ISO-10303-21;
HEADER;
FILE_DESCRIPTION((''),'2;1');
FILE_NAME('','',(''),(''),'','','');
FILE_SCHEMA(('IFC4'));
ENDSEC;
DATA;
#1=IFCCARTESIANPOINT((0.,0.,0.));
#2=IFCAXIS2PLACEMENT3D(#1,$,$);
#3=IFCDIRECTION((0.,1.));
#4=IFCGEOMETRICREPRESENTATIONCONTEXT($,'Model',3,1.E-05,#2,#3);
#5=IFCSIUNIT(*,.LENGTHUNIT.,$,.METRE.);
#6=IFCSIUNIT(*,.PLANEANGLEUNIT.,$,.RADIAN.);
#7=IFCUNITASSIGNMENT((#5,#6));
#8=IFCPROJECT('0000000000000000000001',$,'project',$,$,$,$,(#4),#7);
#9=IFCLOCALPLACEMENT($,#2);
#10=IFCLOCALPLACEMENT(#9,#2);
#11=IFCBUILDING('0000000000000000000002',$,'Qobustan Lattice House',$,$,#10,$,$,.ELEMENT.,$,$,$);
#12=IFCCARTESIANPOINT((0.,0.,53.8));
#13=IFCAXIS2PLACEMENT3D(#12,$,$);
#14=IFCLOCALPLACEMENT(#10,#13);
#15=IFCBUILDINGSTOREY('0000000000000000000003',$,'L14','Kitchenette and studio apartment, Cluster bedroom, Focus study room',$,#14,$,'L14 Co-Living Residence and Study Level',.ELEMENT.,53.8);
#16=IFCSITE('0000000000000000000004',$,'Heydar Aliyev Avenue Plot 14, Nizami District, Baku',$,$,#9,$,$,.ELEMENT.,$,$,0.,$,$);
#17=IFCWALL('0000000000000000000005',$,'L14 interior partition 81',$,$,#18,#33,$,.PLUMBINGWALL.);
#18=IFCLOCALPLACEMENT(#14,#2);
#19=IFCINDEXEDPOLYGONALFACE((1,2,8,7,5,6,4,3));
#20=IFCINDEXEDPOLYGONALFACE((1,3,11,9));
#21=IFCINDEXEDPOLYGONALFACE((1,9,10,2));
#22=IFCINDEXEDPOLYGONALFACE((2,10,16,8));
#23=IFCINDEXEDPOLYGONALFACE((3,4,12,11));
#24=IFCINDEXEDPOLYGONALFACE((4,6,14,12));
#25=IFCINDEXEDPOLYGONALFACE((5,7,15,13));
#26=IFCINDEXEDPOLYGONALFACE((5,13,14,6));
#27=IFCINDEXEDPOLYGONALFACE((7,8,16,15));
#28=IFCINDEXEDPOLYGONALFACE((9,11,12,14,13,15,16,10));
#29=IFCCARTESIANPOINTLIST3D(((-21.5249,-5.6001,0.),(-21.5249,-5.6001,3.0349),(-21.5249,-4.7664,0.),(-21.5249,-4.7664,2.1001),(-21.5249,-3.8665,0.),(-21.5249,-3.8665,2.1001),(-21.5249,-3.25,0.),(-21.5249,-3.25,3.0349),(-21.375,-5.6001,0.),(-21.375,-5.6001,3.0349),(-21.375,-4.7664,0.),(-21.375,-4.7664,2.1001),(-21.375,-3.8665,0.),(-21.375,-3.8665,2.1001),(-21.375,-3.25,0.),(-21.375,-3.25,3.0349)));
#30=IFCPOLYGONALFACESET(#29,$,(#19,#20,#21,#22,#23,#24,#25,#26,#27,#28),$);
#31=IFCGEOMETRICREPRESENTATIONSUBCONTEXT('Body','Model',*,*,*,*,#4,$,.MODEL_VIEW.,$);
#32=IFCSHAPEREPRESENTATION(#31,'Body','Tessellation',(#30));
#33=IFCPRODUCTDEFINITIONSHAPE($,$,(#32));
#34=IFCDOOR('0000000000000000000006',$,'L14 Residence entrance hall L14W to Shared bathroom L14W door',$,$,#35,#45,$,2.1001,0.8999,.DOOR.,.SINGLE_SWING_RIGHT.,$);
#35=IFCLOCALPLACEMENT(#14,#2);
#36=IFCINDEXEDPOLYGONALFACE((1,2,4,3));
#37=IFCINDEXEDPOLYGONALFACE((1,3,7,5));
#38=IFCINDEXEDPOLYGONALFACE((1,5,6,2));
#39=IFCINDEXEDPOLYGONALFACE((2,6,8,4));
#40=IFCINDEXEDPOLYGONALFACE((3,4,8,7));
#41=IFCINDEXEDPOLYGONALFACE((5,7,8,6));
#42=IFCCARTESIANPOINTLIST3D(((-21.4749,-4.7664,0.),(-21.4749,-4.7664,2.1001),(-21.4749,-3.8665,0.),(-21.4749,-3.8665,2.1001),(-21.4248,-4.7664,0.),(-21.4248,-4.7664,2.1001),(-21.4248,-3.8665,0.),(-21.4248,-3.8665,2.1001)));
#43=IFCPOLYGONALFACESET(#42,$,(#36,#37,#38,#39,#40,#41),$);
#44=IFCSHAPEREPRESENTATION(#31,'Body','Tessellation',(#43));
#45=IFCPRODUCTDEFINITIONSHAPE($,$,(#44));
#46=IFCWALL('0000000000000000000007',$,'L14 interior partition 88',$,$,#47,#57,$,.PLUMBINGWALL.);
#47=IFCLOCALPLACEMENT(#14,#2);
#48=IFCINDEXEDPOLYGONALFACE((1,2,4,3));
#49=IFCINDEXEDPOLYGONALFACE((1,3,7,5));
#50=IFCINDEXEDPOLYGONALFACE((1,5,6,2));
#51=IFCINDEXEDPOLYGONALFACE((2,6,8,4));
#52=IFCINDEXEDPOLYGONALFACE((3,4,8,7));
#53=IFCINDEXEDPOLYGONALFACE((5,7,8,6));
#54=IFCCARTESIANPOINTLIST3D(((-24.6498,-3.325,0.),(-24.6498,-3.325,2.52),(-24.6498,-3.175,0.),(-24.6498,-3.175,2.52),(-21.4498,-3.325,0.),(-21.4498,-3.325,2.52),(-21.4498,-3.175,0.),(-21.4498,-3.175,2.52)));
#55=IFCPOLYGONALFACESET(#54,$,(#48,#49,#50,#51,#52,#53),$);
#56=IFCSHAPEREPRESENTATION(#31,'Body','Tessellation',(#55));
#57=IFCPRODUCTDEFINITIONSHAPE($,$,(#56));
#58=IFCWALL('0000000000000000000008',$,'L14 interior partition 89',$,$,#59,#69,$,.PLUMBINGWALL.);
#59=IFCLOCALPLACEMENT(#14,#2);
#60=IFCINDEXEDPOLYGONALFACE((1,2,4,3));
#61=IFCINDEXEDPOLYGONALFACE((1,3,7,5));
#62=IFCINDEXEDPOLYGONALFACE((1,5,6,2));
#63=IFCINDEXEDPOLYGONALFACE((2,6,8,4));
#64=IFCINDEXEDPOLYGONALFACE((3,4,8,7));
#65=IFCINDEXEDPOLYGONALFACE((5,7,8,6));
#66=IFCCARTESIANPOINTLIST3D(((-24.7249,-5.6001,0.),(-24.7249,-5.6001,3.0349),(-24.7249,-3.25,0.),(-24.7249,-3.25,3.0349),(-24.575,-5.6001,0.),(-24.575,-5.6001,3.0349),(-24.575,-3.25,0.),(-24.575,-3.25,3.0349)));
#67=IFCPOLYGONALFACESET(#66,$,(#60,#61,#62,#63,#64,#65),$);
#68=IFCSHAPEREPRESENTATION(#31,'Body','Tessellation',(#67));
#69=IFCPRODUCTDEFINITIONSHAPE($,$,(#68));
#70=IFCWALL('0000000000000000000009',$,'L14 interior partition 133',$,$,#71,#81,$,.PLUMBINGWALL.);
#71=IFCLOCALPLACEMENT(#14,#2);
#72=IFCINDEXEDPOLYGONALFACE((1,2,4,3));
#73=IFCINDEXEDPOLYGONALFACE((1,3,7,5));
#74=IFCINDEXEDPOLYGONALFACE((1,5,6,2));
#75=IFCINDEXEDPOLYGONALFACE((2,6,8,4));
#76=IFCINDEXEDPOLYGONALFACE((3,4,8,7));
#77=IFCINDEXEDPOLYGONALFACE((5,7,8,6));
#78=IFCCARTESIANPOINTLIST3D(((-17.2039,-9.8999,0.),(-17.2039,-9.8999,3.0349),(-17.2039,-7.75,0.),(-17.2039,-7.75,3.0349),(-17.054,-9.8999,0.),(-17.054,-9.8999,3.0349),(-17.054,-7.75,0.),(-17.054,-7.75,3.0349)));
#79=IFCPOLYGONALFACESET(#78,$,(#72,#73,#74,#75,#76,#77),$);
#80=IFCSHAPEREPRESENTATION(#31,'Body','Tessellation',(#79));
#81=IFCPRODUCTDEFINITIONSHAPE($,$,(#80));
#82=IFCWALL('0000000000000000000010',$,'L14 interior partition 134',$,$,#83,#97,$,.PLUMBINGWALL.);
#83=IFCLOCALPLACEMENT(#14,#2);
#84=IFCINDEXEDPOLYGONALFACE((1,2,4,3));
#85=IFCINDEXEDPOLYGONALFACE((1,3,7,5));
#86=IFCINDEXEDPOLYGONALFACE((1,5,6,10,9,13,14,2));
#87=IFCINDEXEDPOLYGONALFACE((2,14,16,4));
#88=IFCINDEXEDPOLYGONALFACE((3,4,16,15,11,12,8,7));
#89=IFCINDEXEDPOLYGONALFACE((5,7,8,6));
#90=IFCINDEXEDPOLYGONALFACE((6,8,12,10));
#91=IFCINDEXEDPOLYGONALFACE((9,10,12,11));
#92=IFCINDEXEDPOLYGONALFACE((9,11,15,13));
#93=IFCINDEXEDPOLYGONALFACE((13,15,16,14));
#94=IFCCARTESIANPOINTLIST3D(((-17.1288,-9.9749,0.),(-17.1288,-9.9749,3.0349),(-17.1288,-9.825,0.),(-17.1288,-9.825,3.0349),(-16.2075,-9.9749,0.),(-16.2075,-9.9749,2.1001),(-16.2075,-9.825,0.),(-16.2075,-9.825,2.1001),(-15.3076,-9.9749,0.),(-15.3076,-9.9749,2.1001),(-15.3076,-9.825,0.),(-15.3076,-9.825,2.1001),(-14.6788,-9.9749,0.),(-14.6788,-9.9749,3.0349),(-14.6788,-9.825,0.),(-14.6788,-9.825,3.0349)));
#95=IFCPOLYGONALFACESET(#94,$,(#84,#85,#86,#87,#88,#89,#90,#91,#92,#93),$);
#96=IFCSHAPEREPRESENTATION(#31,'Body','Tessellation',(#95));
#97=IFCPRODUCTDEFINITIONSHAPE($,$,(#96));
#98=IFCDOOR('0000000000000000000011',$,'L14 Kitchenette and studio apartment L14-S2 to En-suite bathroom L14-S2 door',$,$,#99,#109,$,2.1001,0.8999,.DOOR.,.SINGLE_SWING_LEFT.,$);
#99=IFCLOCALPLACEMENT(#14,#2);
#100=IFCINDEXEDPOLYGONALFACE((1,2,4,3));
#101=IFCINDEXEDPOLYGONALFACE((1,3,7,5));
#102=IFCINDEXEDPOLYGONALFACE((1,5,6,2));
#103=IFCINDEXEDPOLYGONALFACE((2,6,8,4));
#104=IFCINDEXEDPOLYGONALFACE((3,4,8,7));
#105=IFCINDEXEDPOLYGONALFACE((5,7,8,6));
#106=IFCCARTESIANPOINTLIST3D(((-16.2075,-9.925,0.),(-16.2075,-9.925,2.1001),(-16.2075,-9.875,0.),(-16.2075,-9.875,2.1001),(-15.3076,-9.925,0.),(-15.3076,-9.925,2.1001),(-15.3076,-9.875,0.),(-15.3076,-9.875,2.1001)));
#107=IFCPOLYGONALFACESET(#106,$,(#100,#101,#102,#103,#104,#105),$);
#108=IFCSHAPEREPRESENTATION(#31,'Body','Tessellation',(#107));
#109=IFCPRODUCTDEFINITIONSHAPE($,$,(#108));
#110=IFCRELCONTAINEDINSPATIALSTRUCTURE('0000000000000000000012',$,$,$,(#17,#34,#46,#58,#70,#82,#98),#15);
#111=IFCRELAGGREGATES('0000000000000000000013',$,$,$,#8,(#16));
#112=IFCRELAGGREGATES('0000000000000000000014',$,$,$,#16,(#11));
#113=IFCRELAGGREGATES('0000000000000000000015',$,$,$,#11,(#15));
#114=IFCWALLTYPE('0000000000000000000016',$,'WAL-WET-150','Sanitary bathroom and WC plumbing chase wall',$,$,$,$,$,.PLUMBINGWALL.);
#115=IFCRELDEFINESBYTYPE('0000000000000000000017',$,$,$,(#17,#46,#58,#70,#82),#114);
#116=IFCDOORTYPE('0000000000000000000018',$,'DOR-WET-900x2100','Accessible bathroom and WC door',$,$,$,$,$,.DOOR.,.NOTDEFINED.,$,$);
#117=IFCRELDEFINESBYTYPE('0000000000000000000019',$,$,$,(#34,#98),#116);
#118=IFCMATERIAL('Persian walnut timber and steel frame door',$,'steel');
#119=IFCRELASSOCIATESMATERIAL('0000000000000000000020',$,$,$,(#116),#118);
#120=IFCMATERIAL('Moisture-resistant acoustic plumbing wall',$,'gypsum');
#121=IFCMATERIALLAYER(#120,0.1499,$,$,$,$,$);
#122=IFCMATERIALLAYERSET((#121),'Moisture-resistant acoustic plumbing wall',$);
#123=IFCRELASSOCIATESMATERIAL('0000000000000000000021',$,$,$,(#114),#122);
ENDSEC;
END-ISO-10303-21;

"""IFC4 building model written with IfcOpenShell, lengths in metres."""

from ifc_helpers import new_model, si_unit, direction, frame, frame_2d, origin, place, context, subcontext, project, spatial, rectangle, extrude, material, layer, layer_set, type_object, element, fill, save


model = new_model("IFC4")

# Units and contexts
model_context = context("Model", 3, precision=1e-05, world=origin(), true_north=direction((0.0, 1.0)))
body_context = subcontext(model_context, "Body", "Model", "MODEL_VIEW")
ifc_project = project(units=[si_unit("LENGTHUNIT", "METRE"), si_unit("PLANEANGLEUNIT", "RADIAN")], contexts=[model_context])

# Site, building, storey
site_placement = place(None, origin())
site = spatial("IfcSite", under=ifc_project, at=site_placement, Name="Heydar Aliyev Avenue Plot 14, Nizami District, Baku", CompositionType="ELEMENT", RefElevation=0.0)
building_placement = place(site_placement, origin())
building = spatial("IfcBuilding", under=site, at=building_placement, Name="Qobustan Lattice House", CompositionType="ELEMENT")
storey_placement = place(building_placement, frame((0.0, 0.0, 53.8)))
storey = spatial("IfcBuildingStorey", under=building, at=storey_placement, Name="L14", Description="Kitchenette and studio apartment, Cluster bedroom, Focus study room", LongName="L14 Co-Living Residence and Study Level", CompositionType="ELEMENT", Elevation=53.8)

# Shared definitions
ifc_material_1 = material(Name="Persian walnut timber and steel frame door", Category="steel")
door_type_1 = type_object("IfcDoorType", Name="DOR-WET-900x2100", Description="Accessible bathroom and WC door", OperationType="NOTDEFINED", PredefinedType="DOOR", material=ifc_material_1)

# Shared definitions
ifc_material_2 = material(Name="Moisture-resistant acoustic plumbing wall", Category="gypsum")
ifc_layer_1 = layer(ifc_material_2, 0.1499)
ifc_layer_set_1 = layer_set([ifc_layer_1], Name="Moisture-resistant acoustic plumbing wall")
wall_type_1 = type_object("IfcWallType", Name="WAL-WET-150", Description="Sanitary bathroom and WC plumbing chase wall", PredefinedType="PLUMBINGWALL", material=ifc_layer_set_1)

# Wall, opening, door
wall_1_placement = place(storey_placement, frame((-21.45, -5.6001, 0.0), z_axis=(0.0, 0.0, 1.0), x_axis=(0.0, 1.0, 0.0)))
wall_1 = element("IfcWall", 1, at=wall_1_placement, inside=storey, type_object=wall_type_1, Name="L14 interior partition 81", PredefinedType="PLUMBINGWALL", context=body_context, shape_type="SweptSolid", body=[
    extrude(rectangle(XDim=2.3501, YDim=0.1499, at=frame_2d((1.175, 0.0))), origin(), (0.0, 0.0, 1.0), 3.0349),
])
opening_1_placement = place(wall_1_placement, frame((0.8337, 0.0, 0.0)))
opening_1 = element("IfcOpeningElement", 2, at=opening_1_placement, cuts=wall_1, PredefinedType="OPENING", context=body_context, shape_type="SweptSolid", body=[
    extrude(rectangle(XDim=0.8999, YDim=2.1001, at=frame_2d((0.45, 1.05))), frame((0.0, 0.085, 0.0), z_axis=(0.0, -1.0, 0.0), x_axis=(1.0, 0.0, 0.0)), (0.0, 0.0, 1.0), 0.1699),
])
door_1_placement = place(opening_1_placement, origin())
door_1 = element("IfcDoor", 3, at=door_1_placement, inside=storey, type_object=door_type_1, Name="L14 Residence entrance hall L14W to Shared bathroom L14W door", OperationType="SINGLE_SWING_RIGHT", OverallHeight=2.1001, OverallWidth=0.8999, PredefinedType="DOOR", context=body_context, shape_type="SweptSolid", body=[
    extrude(rectangle(XDim=0.8999, YDim=2.1001, at=frame_2d((0.45, 1.05))), frame((0.0, 0.0249, 0.0), z_axis=(0.0, -1.0, 0.0), x_axis=(1.0, 0.0, 0.0)), (0.0, 0.0, 1.0), 0.05),
])
fill(opening_1, door_1)

# Walls
wall_2_placement = place(storey_placement, frame((-24.6499, -3.25, 0.0), z_axis=(0.0, 0.0, 1.0), x_axis=(1.0, 0.0, 0.0)))
element("IfcWall", 4, at=wall_2_placement, inside=storey, type_object=wall_type_1, Name="L14 interior partition 88", PredefinedType="PLUMBINGWALL", context=body_context, shape_type="SweptSolid", body=[
    extrude(rectangle(XDim=3.2, YDim=0.1499, at=frame_2d((1.6001, 0.0))), origin(), (0.0, 0.0, 1.0), 2.52),
])
wall_3_placement = place(storey_placement, frame((-24.6499, -5.6001, 0.0), z_axis=(0.0, 0.0, 1.0), x_axis=(0.0, 1.0, 0.0)))
element("IfcWall", 5, at=wall_3_placement, inside=storey, type_object=wall_type_1, Name="L14 interior partition 89", PredefinedType="PLUMBINGWALL", context=body_context, shape_type="SweptSolid", body=[
    extrude(rectangle(XDim=2.3501, YDim=0.1499, at=frame_2d((1.175, 0.0))), origin(), (0.0, 0.0, 1.0), 3.0349),
])
wall_4_placement = place(storey_placement, frame((-17.1289, -7.75, 0.0), z_axis=(0.0, 0.0, 1.0), x_axis=(0.0, -1.0, 0.0)))
element("IfcWall", 6, at=wall_4_placement, inside=storey, type_object=wall_type_1, Name="L14 interior partition 133", PredefinedType="PLUMBINGWALL", context=body_context, shape_type="SweptSolid", body=[
    extrude(rectangle(XDim=2.1499, YDim=0.1499, at=frame_2d((1.075, 0.0))), origin(), (0.0, 0.0, 1.0), 3.0349),
])

# Wall, opening, door
wall_5_placement = place(storey_placement, frame((-17.1289, -9.8999, 0.0), z_axis=(0.0, 0.0, 1.0), x_axis=(1.0, 0.0, 0.0)))
wall_5 = element("IfcWall", 7, at=wall_5_placement, inside=storey, type_object=wall_type_1, Name="L14 interior partition 134", PredefinedType="PLUMBINGWALL", context=body_context, shape_type="SweptSolid", body=[
    extrude(rectangle(XDim=2.45, YDim=0.1499, at=frame_2d((1.2251, 0.0))), origin(), (0.0, 0.0, 1.0), 3.0349),
])
opening_2_placement = place(wall_5_placement, frame((0.9214, 0.0, 0.0)))
opening_2 = element("IfcOpeningElement", 8, at=opening_2_placement, cuts=wall_5, PredefinedType="OPENING", context=body_context, shape_type="SweptSolid", body=[
    extrude(rectangle(XDim=0.8999, YDim=2.1001, at=frame_2d((0.45, 1.05))), frame((0.0, 0.085, 0.0), z_axis=(0.0, -1.0, 0.0), x_axis=(1.0, 0.0, 0.0)), (0.0, 0.0, 1.0), 0.1699),
])
door_2_placement = place(opening_2_placement, origin())
door_2 = element("IfcDoor", 9, at=door_2_placement, inside=storey, type_object=door_type_1, Name="L14 Kitchenette and studio apartment L14-S2 to En-suite bathroom L14-S2 door", OperationType="SINGLE_SWING_LEFT", OverallHeight=2.1001, OverallWidth=0.8999, PredefinedType="DOOR", context=body_context, shape_type="SweptSolid", body=[
    extrude(rectangle(XDim=0.8999, YDim=2.1001, at=frame_2d((0.45, 1.05))), frame((0.0, 0.0249, 0.0), z_axis=(0.0, -1.0, 0.0), x_axis=(1.0, 0.0, 0.0)), (0.0, 0.0, 1.0), 0.05),
])
fill(opening_2, door_2)

save(model, "model.ifc")
